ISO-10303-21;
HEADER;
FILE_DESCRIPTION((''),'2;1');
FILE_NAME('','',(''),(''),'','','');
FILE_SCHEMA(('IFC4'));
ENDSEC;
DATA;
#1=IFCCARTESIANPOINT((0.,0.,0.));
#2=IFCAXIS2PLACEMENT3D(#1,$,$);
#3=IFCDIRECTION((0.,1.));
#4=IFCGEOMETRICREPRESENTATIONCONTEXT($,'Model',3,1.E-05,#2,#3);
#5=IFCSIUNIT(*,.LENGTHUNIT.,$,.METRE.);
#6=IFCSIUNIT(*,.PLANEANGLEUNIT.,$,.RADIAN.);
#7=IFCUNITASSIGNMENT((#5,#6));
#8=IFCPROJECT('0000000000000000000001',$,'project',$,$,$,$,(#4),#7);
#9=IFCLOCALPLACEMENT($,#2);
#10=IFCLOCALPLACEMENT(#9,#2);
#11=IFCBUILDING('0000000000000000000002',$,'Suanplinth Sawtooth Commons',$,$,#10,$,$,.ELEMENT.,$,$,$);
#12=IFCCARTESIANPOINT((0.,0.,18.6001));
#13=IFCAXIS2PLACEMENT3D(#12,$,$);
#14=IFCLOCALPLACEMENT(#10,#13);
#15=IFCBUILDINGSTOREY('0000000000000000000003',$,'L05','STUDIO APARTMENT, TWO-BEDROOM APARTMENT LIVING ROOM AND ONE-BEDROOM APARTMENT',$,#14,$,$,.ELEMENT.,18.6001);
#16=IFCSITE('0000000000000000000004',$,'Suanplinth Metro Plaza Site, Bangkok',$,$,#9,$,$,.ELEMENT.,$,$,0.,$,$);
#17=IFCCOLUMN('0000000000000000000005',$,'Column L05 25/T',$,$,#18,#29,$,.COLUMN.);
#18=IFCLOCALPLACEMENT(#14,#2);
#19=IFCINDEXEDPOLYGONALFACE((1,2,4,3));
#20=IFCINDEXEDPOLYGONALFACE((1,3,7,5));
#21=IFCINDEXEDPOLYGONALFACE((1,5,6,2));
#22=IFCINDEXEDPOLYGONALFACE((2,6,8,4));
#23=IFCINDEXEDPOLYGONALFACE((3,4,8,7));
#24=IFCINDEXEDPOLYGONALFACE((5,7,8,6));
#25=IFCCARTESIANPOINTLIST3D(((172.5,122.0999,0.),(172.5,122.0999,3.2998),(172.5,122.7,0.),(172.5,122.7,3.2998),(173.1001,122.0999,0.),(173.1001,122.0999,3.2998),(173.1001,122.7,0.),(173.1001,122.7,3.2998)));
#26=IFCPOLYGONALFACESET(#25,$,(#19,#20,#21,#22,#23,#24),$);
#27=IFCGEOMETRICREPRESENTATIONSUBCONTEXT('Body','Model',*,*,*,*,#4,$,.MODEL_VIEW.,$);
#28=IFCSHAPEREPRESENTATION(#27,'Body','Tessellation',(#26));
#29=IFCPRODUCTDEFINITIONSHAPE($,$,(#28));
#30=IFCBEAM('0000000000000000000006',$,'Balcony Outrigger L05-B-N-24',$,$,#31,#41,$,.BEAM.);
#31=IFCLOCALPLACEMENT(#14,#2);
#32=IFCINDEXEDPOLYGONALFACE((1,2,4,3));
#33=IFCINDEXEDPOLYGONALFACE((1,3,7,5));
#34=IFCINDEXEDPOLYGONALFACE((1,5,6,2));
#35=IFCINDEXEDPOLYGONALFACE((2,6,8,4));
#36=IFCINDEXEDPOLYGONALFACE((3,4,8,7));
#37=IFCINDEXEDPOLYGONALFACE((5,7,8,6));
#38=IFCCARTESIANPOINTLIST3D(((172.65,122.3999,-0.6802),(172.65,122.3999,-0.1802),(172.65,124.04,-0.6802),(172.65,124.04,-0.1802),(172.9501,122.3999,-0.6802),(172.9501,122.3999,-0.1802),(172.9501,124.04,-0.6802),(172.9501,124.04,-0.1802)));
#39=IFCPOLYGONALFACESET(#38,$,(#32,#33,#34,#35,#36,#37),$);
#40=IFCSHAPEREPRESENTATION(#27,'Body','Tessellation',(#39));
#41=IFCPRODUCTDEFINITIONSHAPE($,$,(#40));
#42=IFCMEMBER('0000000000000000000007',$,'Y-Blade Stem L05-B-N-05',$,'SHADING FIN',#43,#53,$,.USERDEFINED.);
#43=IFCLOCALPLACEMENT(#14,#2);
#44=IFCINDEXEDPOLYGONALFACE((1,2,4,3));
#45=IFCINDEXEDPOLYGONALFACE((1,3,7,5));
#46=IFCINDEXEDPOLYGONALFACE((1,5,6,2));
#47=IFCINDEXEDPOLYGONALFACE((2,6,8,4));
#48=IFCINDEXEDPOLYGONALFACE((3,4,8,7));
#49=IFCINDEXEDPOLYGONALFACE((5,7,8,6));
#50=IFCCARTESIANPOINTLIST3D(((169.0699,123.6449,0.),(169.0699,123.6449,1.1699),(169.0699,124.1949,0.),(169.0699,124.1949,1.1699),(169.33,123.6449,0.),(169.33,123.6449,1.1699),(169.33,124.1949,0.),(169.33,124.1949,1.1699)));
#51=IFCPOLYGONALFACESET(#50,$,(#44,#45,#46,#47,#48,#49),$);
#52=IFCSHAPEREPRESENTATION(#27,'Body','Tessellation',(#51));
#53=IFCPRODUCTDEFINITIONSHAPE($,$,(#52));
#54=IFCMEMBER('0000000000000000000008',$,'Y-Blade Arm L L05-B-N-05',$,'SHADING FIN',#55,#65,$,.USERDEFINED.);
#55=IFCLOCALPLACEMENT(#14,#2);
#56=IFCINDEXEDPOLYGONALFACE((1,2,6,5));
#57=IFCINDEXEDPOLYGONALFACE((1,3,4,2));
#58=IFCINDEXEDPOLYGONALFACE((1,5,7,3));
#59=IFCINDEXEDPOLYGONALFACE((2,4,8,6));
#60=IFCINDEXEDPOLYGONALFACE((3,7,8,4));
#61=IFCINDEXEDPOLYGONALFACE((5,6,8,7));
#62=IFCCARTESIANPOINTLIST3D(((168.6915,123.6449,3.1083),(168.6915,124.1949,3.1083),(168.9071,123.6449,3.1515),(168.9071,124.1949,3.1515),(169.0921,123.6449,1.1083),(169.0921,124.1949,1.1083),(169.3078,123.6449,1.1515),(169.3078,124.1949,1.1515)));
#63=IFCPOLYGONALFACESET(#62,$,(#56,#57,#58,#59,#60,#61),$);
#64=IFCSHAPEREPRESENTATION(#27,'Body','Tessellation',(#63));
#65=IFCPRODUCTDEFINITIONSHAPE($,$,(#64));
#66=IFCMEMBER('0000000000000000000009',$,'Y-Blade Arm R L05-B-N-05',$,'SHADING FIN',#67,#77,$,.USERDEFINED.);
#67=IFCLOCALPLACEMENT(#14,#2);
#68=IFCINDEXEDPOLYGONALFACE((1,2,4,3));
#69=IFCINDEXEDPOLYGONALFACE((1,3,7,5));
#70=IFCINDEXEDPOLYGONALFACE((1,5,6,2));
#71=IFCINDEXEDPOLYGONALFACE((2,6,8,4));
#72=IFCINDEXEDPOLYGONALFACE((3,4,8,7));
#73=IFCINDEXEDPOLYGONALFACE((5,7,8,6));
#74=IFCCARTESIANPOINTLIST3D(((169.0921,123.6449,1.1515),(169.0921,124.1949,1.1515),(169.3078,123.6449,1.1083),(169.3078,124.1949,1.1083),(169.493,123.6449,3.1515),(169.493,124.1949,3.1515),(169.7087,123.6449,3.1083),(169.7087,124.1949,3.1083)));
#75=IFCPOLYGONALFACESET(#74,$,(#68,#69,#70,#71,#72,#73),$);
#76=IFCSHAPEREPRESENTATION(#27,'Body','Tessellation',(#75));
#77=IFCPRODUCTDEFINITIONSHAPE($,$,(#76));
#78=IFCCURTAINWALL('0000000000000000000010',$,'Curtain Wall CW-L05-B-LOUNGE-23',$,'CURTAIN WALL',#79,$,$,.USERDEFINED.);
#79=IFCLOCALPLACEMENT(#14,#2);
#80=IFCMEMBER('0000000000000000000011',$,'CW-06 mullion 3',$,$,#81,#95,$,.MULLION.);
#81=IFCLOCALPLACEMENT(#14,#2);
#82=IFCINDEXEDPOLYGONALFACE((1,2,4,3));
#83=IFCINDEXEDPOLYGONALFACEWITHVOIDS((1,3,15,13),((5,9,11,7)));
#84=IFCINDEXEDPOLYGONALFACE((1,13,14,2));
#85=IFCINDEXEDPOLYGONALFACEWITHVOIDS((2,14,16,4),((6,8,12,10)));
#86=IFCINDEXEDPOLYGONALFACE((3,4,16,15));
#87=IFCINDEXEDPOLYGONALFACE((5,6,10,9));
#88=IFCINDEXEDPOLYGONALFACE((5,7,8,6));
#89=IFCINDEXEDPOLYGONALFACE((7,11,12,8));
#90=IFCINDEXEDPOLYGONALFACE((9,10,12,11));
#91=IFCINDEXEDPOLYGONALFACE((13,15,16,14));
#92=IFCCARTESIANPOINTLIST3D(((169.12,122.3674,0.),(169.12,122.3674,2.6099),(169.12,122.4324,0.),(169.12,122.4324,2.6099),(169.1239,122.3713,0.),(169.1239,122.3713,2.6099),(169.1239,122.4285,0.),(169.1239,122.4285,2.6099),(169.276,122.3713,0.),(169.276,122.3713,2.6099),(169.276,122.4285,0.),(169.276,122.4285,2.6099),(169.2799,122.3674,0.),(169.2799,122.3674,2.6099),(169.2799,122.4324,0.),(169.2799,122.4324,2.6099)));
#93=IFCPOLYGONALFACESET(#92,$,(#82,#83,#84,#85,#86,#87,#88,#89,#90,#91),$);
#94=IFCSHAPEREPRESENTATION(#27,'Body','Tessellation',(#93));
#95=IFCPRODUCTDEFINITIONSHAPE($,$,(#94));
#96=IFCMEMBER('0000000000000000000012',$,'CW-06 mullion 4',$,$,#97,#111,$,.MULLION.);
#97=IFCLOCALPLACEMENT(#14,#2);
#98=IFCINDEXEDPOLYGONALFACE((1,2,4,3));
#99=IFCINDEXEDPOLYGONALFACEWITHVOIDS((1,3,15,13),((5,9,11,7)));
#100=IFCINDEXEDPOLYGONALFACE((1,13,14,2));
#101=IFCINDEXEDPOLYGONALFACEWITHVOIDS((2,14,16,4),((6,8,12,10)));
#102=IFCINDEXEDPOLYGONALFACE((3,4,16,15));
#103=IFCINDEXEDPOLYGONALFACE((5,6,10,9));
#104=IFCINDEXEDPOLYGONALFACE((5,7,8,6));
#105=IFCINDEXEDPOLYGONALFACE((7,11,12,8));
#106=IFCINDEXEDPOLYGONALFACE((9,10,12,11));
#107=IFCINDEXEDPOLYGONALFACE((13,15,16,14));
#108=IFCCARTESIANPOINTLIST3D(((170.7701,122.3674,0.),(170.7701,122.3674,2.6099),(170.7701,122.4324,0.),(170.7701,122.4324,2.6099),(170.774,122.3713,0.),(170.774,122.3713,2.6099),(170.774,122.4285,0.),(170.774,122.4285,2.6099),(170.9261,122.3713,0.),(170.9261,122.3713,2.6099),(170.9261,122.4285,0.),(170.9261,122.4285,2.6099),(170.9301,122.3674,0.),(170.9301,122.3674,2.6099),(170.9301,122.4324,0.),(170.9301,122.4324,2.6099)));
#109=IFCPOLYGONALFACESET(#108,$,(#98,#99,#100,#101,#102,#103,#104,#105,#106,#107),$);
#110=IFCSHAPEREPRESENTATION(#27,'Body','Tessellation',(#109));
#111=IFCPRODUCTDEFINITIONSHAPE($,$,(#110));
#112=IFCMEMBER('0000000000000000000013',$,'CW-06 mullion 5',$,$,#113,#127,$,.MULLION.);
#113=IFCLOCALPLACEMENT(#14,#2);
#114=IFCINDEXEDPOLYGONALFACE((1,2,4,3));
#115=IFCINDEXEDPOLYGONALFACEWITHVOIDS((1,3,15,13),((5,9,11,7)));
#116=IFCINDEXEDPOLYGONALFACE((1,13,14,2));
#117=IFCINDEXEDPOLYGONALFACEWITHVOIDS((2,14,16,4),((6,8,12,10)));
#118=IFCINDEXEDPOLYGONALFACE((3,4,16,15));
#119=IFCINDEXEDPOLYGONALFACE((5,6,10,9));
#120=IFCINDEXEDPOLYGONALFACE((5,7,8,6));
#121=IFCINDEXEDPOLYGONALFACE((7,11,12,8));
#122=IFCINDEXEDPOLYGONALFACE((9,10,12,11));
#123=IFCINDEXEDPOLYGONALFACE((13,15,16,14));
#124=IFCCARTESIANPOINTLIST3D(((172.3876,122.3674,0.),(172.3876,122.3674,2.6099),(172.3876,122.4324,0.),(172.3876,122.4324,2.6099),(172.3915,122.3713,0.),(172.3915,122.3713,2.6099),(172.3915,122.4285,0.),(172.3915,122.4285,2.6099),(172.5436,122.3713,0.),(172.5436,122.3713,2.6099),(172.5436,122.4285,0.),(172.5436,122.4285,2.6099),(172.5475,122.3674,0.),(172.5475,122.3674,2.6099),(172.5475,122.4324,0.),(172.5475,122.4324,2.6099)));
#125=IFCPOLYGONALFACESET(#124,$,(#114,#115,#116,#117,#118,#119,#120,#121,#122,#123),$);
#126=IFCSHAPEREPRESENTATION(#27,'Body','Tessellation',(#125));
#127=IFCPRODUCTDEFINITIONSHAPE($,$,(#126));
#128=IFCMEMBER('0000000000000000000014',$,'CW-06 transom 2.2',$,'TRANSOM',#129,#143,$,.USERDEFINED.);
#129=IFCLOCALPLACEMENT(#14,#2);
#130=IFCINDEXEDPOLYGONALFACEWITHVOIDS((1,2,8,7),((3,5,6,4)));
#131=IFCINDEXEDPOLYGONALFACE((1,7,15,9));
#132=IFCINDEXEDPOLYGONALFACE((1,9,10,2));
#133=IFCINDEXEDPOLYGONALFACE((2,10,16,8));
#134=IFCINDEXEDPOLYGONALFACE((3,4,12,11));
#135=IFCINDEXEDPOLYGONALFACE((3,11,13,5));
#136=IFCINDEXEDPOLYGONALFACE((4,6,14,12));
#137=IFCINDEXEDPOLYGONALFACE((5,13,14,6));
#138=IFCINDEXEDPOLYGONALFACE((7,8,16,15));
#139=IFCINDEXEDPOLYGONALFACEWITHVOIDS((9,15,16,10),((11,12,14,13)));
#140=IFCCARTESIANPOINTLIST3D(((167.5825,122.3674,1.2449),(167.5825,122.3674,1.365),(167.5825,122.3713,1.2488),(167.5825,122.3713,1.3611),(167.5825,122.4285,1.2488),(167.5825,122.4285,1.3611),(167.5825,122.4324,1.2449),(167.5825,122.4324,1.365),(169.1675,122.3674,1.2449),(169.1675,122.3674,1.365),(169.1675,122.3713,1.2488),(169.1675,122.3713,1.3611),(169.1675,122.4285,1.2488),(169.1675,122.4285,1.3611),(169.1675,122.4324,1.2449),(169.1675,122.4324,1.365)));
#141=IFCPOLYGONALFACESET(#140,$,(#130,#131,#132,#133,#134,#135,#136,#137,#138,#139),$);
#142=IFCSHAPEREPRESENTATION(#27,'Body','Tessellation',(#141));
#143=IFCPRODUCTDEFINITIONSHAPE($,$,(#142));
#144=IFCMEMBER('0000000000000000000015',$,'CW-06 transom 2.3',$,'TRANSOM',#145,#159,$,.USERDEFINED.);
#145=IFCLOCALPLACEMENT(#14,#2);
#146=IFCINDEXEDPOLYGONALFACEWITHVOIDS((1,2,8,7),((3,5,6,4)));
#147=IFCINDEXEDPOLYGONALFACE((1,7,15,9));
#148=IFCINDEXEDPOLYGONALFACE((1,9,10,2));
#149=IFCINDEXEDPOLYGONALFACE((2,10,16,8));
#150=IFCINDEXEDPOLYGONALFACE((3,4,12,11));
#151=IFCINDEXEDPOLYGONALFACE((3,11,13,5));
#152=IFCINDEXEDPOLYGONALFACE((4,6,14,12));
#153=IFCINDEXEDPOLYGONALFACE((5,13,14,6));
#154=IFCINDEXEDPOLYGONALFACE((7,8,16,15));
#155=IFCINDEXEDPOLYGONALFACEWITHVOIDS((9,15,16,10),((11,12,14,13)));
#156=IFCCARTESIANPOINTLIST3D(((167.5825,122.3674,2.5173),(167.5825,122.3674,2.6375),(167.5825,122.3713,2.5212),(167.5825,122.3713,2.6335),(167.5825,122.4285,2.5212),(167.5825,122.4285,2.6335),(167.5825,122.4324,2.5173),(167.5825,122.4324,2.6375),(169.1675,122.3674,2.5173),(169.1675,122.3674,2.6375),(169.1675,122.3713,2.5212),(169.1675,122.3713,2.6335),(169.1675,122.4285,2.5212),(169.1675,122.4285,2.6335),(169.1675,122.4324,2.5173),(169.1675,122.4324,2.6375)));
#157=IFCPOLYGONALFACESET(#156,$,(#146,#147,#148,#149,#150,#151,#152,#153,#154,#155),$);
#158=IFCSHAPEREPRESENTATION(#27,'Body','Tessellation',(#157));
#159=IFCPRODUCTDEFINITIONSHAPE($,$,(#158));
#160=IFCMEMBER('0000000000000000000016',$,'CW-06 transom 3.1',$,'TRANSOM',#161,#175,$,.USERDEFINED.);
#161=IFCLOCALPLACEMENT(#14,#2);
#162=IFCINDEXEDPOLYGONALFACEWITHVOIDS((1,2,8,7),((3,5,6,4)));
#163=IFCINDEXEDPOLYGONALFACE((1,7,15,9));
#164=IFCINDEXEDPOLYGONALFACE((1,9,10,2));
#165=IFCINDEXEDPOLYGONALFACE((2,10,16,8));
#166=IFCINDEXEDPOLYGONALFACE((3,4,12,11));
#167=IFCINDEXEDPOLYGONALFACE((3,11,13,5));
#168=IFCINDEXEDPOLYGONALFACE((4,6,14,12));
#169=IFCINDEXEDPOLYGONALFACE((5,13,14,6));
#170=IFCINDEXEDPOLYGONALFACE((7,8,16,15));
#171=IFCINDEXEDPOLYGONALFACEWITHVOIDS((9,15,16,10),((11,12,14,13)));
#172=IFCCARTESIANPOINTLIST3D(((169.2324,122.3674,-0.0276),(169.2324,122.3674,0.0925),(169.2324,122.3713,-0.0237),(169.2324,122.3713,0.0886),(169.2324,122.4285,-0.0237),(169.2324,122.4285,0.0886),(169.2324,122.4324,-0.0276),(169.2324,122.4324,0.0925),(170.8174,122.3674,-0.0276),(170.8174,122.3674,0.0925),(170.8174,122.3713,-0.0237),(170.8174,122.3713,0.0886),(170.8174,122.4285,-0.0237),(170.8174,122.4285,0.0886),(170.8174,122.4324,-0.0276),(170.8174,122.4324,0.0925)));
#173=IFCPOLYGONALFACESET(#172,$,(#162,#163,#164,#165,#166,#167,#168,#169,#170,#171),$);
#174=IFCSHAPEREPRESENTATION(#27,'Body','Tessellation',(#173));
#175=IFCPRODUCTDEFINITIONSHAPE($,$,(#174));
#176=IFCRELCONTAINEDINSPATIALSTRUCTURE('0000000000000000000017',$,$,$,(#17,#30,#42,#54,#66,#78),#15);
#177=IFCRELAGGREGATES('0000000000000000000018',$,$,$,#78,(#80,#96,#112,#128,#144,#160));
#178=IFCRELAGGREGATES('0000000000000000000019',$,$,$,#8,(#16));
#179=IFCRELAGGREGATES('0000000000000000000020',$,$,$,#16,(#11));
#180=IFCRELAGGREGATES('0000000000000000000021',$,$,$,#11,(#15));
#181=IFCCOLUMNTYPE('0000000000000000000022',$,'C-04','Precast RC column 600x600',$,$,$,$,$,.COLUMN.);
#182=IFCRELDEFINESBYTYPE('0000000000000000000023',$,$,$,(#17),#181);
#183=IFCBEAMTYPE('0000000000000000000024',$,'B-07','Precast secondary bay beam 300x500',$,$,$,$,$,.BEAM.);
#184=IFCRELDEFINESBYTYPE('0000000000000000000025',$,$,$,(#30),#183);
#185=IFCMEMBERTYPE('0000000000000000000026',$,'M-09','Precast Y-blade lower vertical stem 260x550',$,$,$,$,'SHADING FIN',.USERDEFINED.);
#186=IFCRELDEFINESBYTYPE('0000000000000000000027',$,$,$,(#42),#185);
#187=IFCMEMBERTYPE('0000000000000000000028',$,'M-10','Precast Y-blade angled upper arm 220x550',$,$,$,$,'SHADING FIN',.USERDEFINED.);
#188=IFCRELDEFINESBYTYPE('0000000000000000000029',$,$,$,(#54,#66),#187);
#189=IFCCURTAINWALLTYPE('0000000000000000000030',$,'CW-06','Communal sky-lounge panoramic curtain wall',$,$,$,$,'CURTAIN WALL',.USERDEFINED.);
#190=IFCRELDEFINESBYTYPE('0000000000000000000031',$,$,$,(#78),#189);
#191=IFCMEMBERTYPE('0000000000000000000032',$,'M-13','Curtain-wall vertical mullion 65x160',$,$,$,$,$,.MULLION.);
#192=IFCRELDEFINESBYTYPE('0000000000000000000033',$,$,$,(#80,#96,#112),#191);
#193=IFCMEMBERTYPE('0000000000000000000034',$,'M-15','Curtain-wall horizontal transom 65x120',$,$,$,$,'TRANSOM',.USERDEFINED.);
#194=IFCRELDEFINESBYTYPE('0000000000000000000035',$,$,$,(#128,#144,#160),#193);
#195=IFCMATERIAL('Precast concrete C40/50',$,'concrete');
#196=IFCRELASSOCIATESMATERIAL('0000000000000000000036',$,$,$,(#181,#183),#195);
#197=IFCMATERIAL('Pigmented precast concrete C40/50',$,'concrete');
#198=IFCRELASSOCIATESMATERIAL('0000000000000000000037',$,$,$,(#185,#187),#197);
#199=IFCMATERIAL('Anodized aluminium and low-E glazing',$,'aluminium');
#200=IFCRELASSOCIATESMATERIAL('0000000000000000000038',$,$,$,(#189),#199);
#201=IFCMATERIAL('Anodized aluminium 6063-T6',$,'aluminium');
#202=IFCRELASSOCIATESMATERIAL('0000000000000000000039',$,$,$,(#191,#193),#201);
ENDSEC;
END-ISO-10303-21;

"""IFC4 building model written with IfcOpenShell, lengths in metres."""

from ifc_helpers import new_model, si_unit, direction, frame, origin, origin_2d, place, context, subcontext, project, spatial, rectangle, hollow_rectangle, extrude, material, material_profile, profile_set, type_object, element, aggregate, save


model = new_model("IFC4")

# Units and contexts
model_context = context("Model", 3, precision=1e-05, world=origin(), true_north=direction((0.0, 1.0)))
body_context = subcontext(model_context, "Body", "Model", "MODEL_VIEW")
ifc_project = project(units=[si_unit("LENGTHUNIT", "METRE"), si_unit("PLANEANGLEUNIT", "RADIAN")], contexts=[model_context])

# Site, building, storey
site_placement = place(None, origin())
site = spatial("IfcSite", under=ifc_project, at=site_placement, Name="Suanplinth Metro Plaza Site, Bangkok", CompositionType="ELEMENT", RefElevation=0.0)
building_placement = place(site_placement, origin())
building = spatial("IfcBuilding", under=site, at=building_placement, Name="Suanplinth Sawtooth Commons", CompositionType="ELEMENT")
storey_placement = place(building_placement, frame((0.0, 0.0, 18.6001)))
storey = spatial("IfcBuildingStorey", under=building, at=storey_placement, Name="L05", Description="STUDIO APARTMENT, TWO-BEDROOM APARTMENT LIVING ROOM AND ONE-BEDROOM APARTMENT", CompositionType="ELEMENT", Elevation=18.6001)

# Column
ifc_material_1 = material(Name="Precast concrete C40/50", Category="concrete")
ifc_material_profile_1 = material_profile(ifc_material_1, rectangle(XDim=0.6001, YDim=0.6001, at=origin_2d()), Name="PC-COL 600x600")
ifc_profile_set_1 = profile_set([ifc_material_profile_1], Name="Precast concrete C40/50")
column_type = type_object("IfcColumnType", Name="C-04", Description="Precast RC column 600x600", PredefinedType="COLUMN", material=ifc_profile_set_1)
column_placement = place(storey_placement, frame((172.8, 122.3999, 0.0), z_axis=(0.0, 0.0, 1.0), x_axis=(1.0, 0.0, 0.0)))
element("IfcColumn", 1, at=column_placement, inside=storey, type_object=column_type, Name="Column L05 25/T", PredefinedType="COLUMN", context=body_context, shape_type="SweptSolid", body=[
    extrude(rectangle(XDim=0.6001, YDim=0.6001, at=origin_2d()), origin(), (0.0, 0.0, 1.0), 3.2998),
])

# Beam
ifc_material_profile_2 = material_profile(ifc_material_1, rectangle(XDim=0.3, YDim=0.5, at=origin_2d()), Name="PC-BM 300x500")
ifc_profile_set_2 = profile_set([ifc_material_profile_2], Name="Precast concrete C40/50")
beam_type = type_object("IfcBeamType", Name="B-07", Description="Precast secondary bay beam 300x500", PredefinedType="BEAM", material=ifc_profile_set_2)
beam_placement = place(storey_placement, frame((172.8, 122.3999, -0.4302), z_axis=(0.0, 1.0, 0.0), x_axis=(-1.0, 0.0, 0.0)))
element("IfcBeam", 2, at=beam_placement, inside=storey, type_object=beam_type, Name="Balcony Outrigger L05-B-N-24", PredefinedType="BEAM", context=body_context, shape_type="SweptSolid", body=[
    extrude(rectangle(XDim=0.3, YDim=0.5, at=origin_2d()), origin(), (0.0, 0.0, 1.0), 1.6401),
])

# Members
ifc_material_2 = material(Name="Pigmented precast concrete C40/50", Category="concrete")
ifc_material_profile_3 = material_profile(ifc_material_2, rectangle(XDim=0.26, YDim=0.55, at=origin_2d()), Name="PC-FIN 260x550")
ifc_profile_set_3 = profile_set([ifc_material_profile_3], Name="Pigmented precast concrete C40/50")
member_type_1 = type_object("IfcMemberType", Name="M-09", Description="Precast Y-blade lower vertical stem 260x550", ElementType="SHADING FIN", PredefinedType="USERDEFINED", material=ifc_profile_set_3)
member_1_placement = place(storey_placement, frame((169.2, 123.9199, 0.0), z_axis=(0.0, 0.0, 1.0), x_axis=(1.0, 0.0, 0.0)))
element("IfcMember", 3, at=member_1_placement, inside=storey, type_object=member_type_1, Name="Y-Blade Stem L05-B-N-05", ObjectType="SHADING FIN", PredefinedType="USERDEFINED", context=body_context, shape_type="SweptSolid", body=[
    extrude(rectangle(XDim=0.26, YDim=0.55, at=origin_2d()), origin(), (0.0, 0.0, 1.0), 1.1699),
])
ifc_material_profile_4 = material_profile(ifc_material_2, rectangle(XDim=0.22, YDim=0.55, at=origin_2d()), Name="PC-FIN 220x550")
ifc_profile_set_4 = profile_set([ifc_material_profile_4], Name="Pigmented precast concrete C40/50")
member_type_2 = type_object("IfcMemberType", Name="M-10", Description="Precast Y-blade angled upper arm 220x550", ElementType="SHADING FIN", PredefinedType="USERDEFINED", material=ifc_profile_set_4)
for number, where, z_axis, x_axis, name in (
    (4, (169.2, 123.9199, 1.1299), (-0.196415, 0.0, 0.980521), (0.980521, 0.0, 0.196415), "Y-Blade Arm L L05-B-N-05"),
    (5, (169.2, 123.9199, 1.1299), (0.19653, 0.0, 0.980498), (-0.980498, 0.0, 0.19653), "Y-Blade Arm R L05-B-N-05"),
):
    element("IfcMember", number, at=place(storey_placement, frame(where, z_axis=z_axis, x_axis=x_axis)), inside=storey, type_object=member_type_2, Name=name, ObjectType="SHADING FIN", PredefinedType="USERDEFINED", context=body_context, shape_type="SweptSolid", body=[
        extrude(rectangle(XDim=0.22, YDim=0.55, at=origin_2d()), origin(), (0.0, 0.0, 1.0), 2.0398),
    ])

# Curtain wall, members
ifc_material_3 = material(Name="Anodized aluminium and low-E glazing", Category="aluminium")
curtain_wall_type = type_object("IfcCurtainWallType", Name="CW-06", Description="Communal sky-lounge panoramic curtain wall", ElementType="CURTAIN WALL", PredefinedType="USERDEFINED", material=ifc_material_3)
curtain_wall_placement = place(storey_placement, origin())
curtain_wall = element("IfcCurtainWall", 6, at=curtain_wall_placement, inside=storey, type_object=curtain_wall_type, Name="Curtain Wall CW-L05-B-LOUNGE-23", ObjectType="CURTAIN WALL", PredefinedType="USERDEFINED")
ifc_material_4 = material(Name="Anodized aluminium 6063-T6", Category="aluminium")
ifc_material_profile_5 = material_profile(ifc_material_4, hollow_rectangle(XDim=0.0649, YDim=0.1599, WallThickness=0.0039, at=origin_2d()), Name="ALU-MUL 65x160")
ifc_profile_set_5 = profile_set([ifc_material_profile_5], Name="Anodized aluminium 6063-T6")
member_type_3 = type_object("IfcMemberType", Name="M-13", Description="Curtain-wall vertical mullion 65x160", PredefinedType="MULLION", material=ifc_profile_set_5)
member_2_placement = place(storey_placement, frame((169.2, 122.3999, 0.0), z_axis=(0.0, 0.0, 1.0), x_axis=(0.0, 1.0, 0.0)))
member_2 = element("IfcMember", 7, at=member_2_placement, type_object=member_type_3, Name="CW-06 mullion 3", PredefinedType="MULLION", context=body_context, shape_type="SweptSolid", body=[
    extrude(hollow_rectangle(XDim=0.0649, YDim=0.1599, WallThickness=0.0039, at=origin_2d()), origin(), (0.0, 0.0, 1.0), 2.6099),
])
member_3_placement = place(storey_placement, frame((170.8501, 122.3999, 0.0), z_axis=(0.0, 0.0, 1.0), x_axis=(0.0, 1.0, 0.0)))
member_3 = element("IfcMember", 8, at=member_3_placement, type_object=member_type_3, Name="CW-06 mullion 4", PredefinedType="MULLION", context=body_context, shape_type="SweptSolid", body=[
    extrude(hollow_rectangle(XDim=0.0649, YDim=0.1599, WallThickness=0.0039, at=origin_2d()), origin(), (0.0, 0.0, 1.0), 2.6099),
])
member_4_placement = place(storey_placement, frame((172.4675, 122.3999, 0.0), z_axis=(0.0, 0.0, 1.0), x_axis=(0.0, 1.0, 0.0)))
member_4 = element("IfcMember", 9, at=member_4_placement, type_object=member_type_3, Name="CW-06 mullion 5", PredefinedType="MULLION", context=body_context, shape_type="SweptSolid", body=[
    extrude(hollow_rectangle(XDim=0.0649, YDim=0.1599, WallThickness=0.0039, at=origin_2d()), origin(), (0.0, 0.0, 1.0), 2.6099),
])
ifc_material_profile_6 = material_profile(ifc_material_4, hollow_rectangle(XDim=0.0649, YDim=0.1201, WallThickness=0.0039, at=origin_2d()), Name="ALU-TRN 65x120")
ifc_profile_set_6 = profile_set([ifc_material_profile_6], Name="Anodized aluminium 6063-T6")
member_type_4 = type_object("IfcMemberType", Name="M-15", Description="Curtain-wall horizontal transom 65x120", ElementType="TRANSOM", PredefinedType="USERDEFINED", material=ifc_profile_set_6)
member_5_placement = place(storey_placement, frame((167.5825, 122.3999, 1.3049), z_axis=(1.0, 0.0, 0.0), x_axis=(0.0, 1.0, 0.0)))
member_5 = element("IfcMember", 10, at=member_5_placement, type_object=member_type_4, Name="CW-06 transom 2.2", ObjectType="TRANSOM", PredefinedType="USERDEFINED", context=body_context, shape_type="SweptSolid", body=[
    extrude(hollow_rectangle(XDim=0.0649, YDim=0.1201, WallThickness=0.0039, at=origin_2d()), origin(), (0.0, 0.0, 1.0), 1.585),
])
member_6_placement = place(storey_placement, frame((167.5825, 122.3999, 2.5774), z_axis=(1.0, 0.0, 0.0), x_axis=(0.0, 1.0, 0.0)))
member_6 = element("IfcMember", 11, at=member_6_placement, type_object=member_type_4, Name="CW-06 transom 2.3", ObjectType="TRANSOM", PredefinedType="USERDEFINED", context=body_context, shape_type="SweptSolid", body=[
    extrude(hollow_rectangle(XDim=0.0649, YDim=0.1201, WallThickness=0.0039, at=origin_2d()), origin(), (0.0, 0.0, 1.0), 1.585),
])
member_7_placement = place(storey_placement, frame((169.2324, 122.3999, 0.0325), z_axis=(1.0, 0.0, 0.0), x_axis=(0.0, 1.0, 0.0)))
member_7 = element("IfcMember", 12, at=member_7_placement, type_object=member_type_4, Name="CW-06 transom 3.1", ObjectType="TRANSOM", PredefinedType="USERDEFINED", context=body_context, shape_type="SweptSolid", body=[
    extrude(hollow_rectangle(XDim=0.0649, YDim=0.1201, WallThickness=0.0039, at=origin_2d()), origin(), (0.0, 0.0, 1.0), 1.585),
])

aggregate(curtain_wall, [member_2, member_3, member_4, member_5, member_6, member_7])

save(model, "model.ifc")
